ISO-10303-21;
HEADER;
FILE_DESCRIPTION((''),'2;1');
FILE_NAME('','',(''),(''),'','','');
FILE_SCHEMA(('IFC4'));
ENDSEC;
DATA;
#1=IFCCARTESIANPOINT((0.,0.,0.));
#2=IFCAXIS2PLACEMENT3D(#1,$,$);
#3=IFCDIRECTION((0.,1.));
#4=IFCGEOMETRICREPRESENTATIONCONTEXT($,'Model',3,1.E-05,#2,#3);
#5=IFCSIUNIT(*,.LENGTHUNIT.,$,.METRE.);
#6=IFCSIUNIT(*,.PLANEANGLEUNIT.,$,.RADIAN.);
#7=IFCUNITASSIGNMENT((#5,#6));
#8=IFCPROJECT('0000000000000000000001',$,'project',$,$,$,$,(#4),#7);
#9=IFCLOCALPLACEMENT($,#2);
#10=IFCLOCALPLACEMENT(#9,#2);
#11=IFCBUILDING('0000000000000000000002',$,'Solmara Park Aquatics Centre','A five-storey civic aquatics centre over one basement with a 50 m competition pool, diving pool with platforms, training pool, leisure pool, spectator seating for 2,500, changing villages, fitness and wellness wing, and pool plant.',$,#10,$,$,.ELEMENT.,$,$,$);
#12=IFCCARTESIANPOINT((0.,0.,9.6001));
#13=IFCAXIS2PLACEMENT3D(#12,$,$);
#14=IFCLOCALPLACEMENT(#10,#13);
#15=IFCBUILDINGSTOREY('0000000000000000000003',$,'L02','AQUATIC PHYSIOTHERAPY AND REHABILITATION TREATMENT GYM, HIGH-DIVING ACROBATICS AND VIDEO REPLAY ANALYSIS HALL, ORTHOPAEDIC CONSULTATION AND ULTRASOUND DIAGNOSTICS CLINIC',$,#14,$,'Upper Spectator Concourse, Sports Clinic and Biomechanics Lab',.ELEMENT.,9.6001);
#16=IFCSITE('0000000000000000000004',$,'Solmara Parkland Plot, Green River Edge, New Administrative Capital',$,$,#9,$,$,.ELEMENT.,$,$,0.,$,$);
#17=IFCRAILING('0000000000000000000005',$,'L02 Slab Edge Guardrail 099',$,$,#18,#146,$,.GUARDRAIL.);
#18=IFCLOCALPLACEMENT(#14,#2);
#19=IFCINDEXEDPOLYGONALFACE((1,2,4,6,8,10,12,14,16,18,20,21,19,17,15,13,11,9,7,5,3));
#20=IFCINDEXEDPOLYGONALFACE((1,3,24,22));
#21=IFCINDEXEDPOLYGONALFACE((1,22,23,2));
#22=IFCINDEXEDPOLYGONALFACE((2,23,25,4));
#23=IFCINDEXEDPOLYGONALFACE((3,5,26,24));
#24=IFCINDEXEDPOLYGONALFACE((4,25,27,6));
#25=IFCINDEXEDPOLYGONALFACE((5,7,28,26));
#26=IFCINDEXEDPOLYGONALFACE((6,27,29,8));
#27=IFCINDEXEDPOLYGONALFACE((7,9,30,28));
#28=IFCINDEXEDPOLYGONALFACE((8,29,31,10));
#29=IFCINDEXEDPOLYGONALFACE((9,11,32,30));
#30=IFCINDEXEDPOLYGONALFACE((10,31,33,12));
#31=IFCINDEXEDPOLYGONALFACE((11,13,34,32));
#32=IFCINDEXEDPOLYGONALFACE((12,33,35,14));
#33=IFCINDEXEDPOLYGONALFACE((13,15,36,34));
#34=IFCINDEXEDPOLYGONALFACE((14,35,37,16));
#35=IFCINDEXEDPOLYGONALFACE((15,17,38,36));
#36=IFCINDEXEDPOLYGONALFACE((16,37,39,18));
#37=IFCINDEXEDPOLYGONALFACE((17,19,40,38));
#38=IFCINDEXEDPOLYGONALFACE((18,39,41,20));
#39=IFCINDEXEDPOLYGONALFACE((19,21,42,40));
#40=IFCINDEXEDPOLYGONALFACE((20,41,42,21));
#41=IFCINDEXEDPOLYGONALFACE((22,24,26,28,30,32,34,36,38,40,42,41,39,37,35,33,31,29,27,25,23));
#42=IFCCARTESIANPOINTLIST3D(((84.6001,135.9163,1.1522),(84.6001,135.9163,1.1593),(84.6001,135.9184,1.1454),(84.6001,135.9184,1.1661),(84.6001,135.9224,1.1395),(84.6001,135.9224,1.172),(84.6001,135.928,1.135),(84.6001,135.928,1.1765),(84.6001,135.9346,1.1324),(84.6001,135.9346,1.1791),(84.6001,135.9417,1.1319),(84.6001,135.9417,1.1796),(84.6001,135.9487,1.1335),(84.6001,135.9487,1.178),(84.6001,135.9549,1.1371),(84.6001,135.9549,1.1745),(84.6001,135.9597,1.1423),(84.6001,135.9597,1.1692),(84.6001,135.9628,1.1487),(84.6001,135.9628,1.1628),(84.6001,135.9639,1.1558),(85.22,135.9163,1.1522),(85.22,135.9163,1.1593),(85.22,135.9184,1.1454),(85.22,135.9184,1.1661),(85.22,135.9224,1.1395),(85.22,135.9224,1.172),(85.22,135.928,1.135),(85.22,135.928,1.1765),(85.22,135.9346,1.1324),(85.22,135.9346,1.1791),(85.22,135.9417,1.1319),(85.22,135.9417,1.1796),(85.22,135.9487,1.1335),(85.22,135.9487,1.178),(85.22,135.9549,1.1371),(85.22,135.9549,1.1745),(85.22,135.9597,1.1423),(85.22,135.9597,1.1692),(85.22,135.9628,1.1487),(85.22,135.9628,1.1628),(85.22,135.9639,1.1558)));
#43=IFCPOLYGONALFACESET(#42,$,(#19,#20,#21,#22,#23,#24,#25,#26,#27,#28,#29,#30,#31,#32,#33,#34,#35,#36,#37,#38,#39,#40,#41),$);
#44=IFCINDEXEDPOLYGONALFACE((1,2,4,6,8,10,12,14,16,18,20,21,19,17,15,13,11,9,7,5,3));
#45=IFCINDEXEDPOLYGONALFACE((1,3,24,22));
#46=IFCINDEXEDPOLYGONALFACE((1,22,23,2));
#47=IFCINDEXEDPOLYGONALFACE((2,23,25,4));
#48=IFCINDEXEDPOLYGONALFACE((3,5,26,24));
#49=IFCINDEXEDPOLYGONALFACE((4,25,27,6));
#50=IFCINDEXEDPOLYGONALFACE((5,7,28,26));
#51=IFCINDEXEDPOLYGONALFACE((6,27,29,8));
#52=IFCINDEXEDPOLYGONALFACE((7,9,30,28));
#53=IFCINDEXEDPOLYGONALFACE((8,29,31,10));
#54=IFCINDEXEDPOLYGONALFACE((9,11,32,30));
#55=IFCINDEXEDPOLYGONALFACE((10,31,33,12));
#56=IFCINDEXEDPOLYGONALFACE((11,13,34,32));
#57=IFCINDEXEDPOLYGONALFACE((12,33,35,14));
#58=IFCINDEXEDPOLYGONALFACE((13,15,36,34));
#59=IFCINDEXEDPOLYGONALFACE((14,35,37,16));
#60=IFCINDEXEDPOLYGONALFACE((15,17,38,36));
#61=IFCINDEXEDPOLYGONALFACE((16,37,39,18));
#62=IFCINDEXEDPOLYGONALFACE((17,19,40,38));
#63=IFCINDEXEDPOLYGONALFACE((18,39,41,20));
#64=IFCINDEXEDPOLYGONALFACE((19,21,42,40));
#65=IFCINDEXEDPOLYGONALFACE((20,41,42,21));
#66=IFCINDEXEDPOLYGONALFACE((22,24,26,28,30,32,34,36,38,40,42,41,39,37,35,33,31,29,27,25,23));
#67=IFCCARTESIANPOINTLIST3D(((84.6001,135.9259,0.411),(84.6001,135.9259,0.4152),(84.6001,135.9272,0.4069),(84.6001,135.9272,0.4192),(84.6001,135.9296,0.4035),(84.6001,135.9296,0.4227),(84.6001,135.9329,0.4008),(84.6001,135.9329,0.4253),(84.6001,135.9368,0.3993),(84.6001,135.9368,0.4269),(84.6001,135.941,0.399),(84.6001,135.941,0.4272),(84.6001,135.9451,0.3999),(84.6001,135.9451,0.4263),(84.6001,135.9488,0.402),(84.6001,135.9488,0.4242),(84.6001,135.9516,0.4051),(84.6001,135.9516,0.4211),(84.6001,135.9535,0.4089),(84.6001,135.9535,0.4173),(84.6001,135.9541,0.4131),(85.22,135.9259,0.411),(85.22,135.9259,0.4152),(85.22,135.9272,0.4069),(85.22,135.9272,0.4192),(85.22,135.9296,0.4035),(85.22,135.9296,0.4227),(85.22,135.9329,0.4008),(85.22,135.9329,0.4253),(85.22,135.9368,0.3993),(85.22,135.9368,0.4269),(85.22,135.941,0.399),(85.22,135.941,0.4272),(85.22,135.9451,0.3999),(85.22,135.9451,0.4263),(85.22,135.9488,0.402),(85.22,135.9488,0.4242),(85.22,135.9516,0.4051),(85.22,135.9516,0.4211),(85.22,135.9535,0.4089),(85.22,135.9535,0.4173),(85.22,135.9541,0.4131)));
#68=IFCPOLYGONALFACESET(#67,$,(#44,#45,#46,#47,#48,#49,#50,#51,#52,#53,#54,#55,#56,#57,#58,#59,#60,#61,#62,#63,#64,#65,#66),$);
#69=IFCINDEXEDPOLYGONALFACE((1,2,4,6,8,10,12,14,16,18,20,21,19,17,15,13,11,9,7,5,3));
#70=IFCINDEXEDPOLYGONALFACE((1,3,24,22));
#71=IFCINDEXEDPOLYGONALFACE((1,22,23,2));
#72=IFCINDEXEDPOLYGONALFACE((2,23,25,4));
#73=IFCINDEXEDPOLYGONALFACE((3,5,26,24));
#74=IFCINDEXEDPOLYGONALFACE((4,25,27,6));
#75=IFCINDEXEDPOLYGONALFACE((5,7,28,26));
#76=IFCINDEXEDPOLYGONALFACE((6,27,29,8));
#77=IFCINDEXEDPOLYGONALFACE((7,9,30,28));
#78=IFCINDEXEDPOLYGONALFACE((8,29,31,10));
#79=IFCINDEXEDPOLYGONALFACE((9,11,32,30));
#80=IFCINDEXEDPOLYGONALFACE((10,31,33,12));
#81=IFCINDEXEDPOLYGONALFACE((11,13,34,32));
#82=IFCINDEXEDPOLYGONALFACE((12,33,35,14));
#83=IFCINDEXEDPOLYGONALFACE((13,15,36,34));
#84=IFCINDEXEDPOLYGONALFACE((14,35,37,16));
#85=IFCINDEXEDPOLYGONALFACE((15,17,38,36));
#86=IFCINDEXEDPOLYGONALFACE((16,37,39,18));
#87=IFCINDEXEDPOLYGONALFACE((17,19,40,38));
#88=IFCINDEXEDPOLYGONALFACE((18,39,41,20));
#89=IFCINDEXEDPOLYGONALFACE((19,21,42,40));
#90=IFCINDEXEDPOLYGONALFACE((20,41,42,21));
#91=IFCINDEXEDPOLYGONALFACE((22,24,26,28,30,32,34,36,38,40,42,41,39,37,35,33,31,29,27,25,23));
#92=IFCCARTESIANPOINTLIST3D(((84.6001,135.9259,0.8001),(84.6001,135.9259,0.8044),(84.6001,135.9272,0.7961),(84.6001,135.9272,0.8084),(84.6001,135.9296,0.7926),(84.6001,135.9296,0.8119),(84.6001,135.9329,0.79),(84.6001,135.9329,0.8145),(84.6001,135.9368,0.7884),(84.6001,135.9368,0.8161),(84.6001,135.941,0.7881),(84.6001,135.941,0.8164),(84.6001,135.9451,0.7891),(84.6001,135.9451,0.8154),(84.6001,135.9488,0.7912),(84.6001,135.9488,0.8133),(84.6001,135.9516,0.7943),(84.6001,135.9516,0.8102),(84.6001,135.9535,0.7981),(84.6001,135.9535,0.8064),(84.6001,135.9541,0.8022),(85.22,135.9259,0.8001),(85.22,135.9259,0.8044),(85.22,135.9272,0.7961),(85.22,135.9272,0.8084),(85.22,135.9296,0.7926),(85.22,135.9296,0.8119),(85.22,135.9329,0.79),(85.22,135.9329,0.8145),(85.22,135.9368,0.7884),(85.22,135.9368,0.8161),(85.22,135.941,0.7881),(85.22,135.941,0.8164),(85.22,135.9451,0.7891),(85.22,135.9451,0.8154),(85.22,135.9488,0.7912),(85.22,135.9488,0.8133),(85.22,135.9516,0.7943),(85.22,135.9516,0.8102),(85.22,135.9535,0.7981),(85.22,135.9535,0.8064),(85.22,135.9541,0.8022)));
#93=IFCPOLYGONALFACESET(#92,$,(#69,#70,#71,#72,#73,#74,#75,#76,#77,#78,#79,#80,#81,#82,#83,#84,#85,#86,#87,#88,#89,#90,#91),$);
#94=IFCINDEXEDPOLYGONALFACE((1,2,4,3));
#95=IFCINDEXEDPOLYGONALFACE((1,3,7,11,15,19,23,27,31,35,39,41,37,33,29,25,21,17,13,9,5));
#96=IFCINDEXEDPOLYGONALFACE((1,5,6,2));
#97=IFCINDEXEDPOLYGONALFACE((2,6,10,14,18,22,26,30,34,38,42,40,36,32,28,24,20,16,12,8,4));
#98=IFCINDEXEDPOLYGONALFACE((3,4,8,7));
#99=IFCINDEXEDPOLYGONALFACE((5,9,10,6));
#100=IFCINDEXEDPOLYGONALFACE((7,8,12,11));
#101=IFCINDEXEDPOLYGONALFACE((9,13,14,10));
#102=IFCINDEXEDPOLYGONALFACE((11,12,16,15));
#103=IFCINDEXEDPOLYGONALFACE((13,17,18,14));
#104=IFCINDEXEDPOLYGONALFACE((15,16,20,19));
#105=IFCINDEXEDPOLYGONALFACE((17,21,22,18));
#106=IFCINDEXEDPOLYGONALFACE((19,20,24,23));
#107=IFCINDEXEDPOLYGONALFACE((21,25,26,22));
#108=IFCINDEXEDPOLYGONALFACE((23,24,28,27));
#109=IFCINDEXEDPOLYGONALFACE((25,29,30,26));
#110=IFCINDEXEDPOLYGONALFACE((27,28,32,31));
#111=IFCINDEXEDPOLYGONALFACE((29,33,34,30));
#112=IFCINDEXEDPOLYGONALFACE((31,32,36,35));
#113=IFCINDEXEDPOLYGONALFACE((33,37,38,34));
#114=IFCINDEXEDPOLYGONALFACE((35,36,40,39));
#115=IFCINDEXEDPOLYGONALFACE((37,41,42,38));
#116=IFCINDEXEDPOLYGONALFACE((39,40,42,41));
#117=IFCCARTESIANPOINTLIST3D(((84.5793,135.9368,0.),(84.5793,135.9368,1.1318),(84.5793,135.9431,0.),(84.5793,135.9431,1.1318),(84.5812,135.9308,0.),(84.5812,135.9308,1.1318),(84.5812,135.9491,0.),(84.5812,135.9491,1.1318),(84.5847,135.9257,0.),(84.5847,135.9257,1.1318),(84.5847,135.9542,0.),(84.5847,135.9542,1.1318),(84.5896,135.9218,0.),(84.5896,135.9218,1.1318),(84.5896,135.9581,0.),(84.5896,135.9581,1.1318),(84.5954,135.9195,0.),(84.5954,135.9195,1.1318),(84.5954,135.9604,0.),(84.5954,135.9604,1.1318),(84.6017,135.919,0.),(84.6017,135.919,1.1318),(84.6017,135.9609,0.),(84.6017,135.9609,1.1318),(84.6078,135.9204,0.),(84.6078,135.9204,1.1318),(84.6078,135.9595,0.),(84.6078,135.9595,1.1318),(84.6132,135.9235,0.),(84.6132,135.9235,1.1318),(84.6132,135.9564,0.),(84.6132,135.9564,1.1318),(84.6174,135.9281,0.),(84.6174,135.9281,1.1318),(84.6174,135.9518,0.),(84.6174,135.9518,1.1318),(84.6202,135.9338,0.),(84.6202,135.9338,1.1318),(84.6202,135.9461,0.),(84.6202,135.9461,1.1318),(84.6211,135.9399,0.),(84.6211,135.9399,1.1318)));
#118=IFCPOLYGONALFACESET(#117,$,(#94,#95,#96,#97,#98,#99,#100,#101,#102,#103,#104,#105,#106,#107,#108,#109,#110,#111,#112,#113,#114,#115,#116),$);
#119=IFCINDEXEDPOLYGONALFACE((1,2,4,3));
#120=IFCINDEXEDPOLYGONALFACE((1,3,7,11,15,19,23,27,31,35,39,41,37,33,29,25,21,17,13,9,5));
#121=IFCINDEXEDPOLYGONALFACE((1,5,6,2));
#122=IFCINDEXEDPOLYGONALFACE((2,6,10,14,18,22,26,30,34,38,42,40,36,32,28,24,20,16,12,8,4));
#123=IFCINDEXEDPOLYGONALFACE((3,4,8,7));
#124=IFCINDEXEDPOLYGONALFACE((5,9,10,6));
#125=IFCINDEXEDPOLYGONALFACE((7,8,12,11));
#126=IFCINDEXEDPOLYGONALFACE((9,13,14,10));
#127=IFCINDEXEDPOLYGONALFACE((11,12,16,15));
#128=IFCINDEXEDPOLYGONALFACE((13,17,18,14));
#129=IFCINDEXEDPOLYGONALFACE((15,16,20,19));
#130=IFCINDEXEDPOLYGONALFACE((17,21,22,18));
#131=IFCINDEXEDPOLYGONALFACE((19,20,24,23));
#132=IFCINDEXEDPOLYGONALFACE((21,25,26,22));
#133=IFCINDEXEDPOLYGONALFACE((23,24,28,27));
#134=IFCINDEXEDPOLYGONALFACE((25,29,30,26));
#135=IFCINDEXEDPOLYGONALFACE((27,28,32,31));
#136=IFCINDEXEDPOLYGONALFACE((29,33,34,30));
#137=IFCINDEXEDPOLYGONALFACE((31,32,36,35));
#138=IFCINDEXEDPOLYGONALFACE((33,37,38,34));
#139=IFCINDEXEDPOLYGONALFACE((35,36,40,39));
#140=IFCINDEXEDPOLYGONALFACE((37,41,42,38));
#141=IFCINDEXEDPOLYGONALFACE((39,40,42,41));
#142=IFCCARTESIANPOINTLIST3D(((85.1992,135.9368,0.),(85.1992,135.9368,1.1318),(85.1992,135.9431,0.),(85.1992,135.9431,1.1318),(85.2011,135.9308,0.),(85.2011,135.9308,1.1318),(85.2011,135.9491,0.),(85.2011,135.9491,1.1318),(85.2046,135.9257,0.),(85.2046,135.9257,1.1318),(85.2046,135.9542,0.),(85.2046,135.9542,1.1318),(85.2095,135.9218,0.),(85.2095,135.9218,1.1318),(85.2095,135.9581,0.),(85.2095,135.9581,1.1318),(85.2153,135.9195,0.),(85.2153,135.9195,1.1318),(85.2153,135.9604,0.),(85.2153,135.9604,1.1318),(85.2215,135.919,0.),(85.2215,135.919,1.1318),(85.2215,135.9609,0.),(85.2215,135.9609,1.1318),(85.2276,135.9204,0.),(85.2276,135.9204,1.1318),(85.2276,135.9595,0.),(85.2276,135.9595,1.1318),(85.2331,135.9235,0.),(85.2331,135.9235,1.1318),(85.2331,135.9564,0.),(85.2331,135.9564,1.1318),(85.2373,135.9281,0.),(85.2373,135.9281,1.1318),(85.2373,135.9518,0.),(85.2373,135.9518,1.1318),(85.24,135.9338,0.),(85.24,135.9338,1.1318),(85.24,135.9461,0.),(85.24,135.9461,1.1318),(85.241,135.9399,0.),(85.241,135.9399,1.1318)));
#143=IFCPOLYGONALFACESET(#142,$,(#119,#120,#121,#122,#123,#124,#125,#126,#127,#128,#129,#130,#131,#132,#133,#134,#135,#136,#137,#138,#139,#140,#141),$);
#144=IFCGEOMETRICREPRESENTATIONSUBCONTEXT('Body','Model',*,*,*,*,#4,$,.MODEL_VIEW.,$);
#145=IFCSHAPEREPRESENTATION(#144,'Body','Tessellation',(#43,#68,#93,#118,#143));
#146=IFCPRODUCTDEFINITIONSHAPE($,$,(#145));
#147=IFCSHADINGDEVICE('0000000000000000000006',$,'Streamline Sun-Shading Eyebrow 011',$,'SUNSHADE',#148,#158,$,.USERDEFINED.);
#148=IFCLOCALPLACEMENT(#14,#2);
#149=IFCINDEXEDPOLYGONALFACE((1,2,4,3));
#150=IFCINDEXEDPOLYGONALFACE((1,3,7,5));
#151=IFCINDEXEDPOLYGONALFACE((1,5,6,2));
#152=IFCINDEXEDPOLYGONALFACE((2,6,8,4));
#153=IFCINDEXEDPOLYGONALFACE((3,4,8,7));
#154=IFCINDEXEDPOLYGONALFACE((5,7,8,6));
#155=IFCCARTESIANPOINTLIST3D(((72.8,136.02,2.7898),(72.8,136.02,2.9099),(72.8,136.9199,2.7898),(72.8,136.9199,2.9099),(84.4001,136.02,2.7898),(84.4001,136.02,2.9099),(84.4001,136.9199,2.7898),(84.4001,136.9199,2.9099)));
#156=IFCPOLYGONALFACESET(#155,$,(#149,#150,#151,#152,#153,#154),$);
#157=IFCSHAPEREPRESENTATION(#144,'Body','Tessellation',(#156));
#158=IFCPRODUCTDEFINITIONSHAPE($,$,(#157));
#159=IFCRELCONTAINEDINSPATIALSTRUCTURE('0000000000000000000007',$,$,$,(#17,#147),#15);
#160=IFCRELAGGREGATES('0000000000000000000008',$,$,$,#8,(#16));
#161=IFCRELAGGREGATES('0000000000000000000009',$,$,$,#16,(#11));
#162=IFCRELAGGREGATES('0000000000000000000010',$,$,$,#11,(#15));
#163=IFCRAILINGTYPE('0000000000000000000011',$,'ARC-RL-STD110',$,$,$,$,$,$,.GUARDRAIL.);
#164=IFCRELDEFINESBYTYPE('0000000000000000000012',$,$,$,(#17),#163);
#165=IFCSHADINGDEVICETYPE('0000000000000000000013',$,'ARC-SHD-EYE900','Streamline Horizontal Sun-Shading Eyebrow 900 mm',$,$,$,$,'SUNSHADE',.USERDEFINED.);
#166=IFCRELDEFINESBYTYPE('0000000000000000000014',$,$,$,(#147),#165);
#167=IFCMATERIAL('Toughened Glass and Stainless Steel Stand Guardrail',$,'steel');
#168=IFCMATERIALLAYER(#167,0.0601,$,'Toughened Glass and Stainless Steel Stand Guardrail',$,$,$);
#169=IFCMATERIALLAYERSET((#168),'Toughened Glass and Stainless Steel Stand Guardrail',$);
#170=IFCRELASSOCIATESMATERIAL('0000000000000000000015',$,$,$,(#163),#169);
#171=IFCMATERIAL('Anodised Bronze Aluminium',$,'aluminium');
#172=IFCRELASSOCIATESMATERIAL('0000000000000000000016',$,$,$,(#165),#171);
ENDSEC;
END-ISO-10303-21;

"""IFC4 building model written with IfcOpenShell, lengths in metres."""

from ifc_helpers import new_model, si_unit, direction, frame, origin, origin_2d, place, context, subcontext, project, spatial, rectangle, circle, extrude, material, layer, layer_set, type_object, element, save


model = new_model("IFC4")

# Units and contexts
model_context = context("Model", 3, precision=1e-05, world=origin(), true_north=direction((0.0, 1.0)))
body_context = subcontext(model_context, "Body", "Model", "MODEL_VIEW")
ifc_project = project(units=[si_unit("LENGTHUNIT", "METRE"), si_unit("PLANEANGLEUNIT", "RADIAN")], contexts=[model_context])

# Site, building, storey
site_placement = place(None, origin())
site = spatial("IfcSite", under=ifc_project, at=site_placement, Name="Solmara Parkland Plot, Green River Edge, New Administrative Capital", CompositionType="ELEMENT", RefElevation=0.0)
building_placement = place(site_placement, origin())
building = spatial("IfcBuilding", under=site, at=building_placement, Name="Solmara Park Aquatics Centre", Description="A five-storey civic aquatics centre over one basement with a 50 m competition pool, diving pool with platforms, training pool, leisure pool, spectator seating for 2,500, changing villages, fitness and wellness wing, and pool plant.", CompositionType="ELEMENT")
storey_placement = place(building_placement, frame((0.0, 0.0, 9.6001)))
storey = spatial("IfcBuildingStorey", under=building, at=storey_placement, Name="L02", Description="AQUATIC PHYSIOTHERAPY AND REHABILITATION TREATMENT GYM, HIGH-DIVING ACROBATICS AND VIDEO REPLAY ANALYSIS HALL, ORTHOPAEDIC CONSULTATION AND ULTRASOUND DIAGNOSTICS CLINIC", LongName="Upper Spectator Concourse, Sports Clinic and Biomechanics Lab", CompositionType="ELEMENT", Elevation=9.6001)

# Railing
ifc_material_1 = material(Name="Toughened Glass and Stainless Steel Stand Guardrail", Category="steel")
ifc_layer_1 = layer(ifc_material_1, 0.0601, Name="Toughened Glass and Stainless Steel Stand Guardrail")
ifc_layer_set_1 = layer_set([ifc_layer_1], Name="Toughened Glass and Stainless Steel Stand Guardrail")
railing_type = type_object("IfcRailingType", Name="ARC-RL-STD110", PredefinedType="GUARDRAIL", material=ifc_layer_set_1)
railing_placement = place(storey_placement, frame((84.6001, 135.9399, 0.0)))
element("IfcRailing", 1, at=railing_placement, inside=storey, type_object=railing_type, Name="L02 Slab Edge Guardrail 099", PredefinedType="GUARDRAIL", context=body_context, shape_type="SweptSolid", body=[
    extrude(circle(Radius=0.0239, at=origin_2d()), frame((0.0, 0.0, 1.1558), z_axis=(1.0, 0.0, 0.0), x_axis=(0.0, 1.0, 0.0)), (0.0, 0.0, 1.0), 0.6199),
    extrude(circle(Radius=0.0142, at=origin_2d()), frame((0.0, 0.0, 0.4131), z_axis=(1.0, 0.0, 0.0), x_axis=(0.0, 1.0, 0.0)), (0.0, 0.0, 1.0), 0.6199),
    extrude(circle(Radius=0.0142, at=origin_2d()), frame((0.0, 0.0, 0.8022), z_axis=(1.0, 0.0, 0.0), x_axis=(0.0, 1.0, 0.0)), (0.0, 0.0, 1.0), 0.6199),
    extrude(circle(Radius=0.021, at=origin_2d()), origin(), (0.0, 0.0, 1.0), 1.1318),
    extrude(circle(Radius=0.021, at=origin_2d()), frame((0.6199, 0.0, 0.0)), (0.0, 0.0, 1.0), 1.1318),
])

# Shading device
ifc_material_2 = material(Name="Anodised Bronze Aluminium", Category="aluminium")
shading_device_type = type_object("IfcShadingDeviceType", Name="ARC-SHD-EYE900", Description="Streamline Horizontal Sun-Shading Eyebrow 900 mm", ElementType="SUNSHADE", PredefinedType="USERDEFINED", material=ifc_material_2)
shading_device_placement = place(storey_placement, frame((78.6001, 136.47, 2.7898), z_axis=(0.0, 0.0, 1.0), x_axis=(1.0, 0.0, 0.0)))
element("IfcShadingDevice", 2, at=shading_device_placement, inside=storey, type_object=shading_device_type, Name="Streamline Sun-Shading Eyebrow 011", ObjectType="SUNSHADE", PredefinedType="USERDEFINED", context=body_context, shape_type="SweptSolid", body=[
    extrude(rectangle(XDim=11.6001, YDim=0.8999, at=origin_2d()), origin(), (0.0, 0.0, 1.0), 0.1201),
])

save(model, "model.ifc")
